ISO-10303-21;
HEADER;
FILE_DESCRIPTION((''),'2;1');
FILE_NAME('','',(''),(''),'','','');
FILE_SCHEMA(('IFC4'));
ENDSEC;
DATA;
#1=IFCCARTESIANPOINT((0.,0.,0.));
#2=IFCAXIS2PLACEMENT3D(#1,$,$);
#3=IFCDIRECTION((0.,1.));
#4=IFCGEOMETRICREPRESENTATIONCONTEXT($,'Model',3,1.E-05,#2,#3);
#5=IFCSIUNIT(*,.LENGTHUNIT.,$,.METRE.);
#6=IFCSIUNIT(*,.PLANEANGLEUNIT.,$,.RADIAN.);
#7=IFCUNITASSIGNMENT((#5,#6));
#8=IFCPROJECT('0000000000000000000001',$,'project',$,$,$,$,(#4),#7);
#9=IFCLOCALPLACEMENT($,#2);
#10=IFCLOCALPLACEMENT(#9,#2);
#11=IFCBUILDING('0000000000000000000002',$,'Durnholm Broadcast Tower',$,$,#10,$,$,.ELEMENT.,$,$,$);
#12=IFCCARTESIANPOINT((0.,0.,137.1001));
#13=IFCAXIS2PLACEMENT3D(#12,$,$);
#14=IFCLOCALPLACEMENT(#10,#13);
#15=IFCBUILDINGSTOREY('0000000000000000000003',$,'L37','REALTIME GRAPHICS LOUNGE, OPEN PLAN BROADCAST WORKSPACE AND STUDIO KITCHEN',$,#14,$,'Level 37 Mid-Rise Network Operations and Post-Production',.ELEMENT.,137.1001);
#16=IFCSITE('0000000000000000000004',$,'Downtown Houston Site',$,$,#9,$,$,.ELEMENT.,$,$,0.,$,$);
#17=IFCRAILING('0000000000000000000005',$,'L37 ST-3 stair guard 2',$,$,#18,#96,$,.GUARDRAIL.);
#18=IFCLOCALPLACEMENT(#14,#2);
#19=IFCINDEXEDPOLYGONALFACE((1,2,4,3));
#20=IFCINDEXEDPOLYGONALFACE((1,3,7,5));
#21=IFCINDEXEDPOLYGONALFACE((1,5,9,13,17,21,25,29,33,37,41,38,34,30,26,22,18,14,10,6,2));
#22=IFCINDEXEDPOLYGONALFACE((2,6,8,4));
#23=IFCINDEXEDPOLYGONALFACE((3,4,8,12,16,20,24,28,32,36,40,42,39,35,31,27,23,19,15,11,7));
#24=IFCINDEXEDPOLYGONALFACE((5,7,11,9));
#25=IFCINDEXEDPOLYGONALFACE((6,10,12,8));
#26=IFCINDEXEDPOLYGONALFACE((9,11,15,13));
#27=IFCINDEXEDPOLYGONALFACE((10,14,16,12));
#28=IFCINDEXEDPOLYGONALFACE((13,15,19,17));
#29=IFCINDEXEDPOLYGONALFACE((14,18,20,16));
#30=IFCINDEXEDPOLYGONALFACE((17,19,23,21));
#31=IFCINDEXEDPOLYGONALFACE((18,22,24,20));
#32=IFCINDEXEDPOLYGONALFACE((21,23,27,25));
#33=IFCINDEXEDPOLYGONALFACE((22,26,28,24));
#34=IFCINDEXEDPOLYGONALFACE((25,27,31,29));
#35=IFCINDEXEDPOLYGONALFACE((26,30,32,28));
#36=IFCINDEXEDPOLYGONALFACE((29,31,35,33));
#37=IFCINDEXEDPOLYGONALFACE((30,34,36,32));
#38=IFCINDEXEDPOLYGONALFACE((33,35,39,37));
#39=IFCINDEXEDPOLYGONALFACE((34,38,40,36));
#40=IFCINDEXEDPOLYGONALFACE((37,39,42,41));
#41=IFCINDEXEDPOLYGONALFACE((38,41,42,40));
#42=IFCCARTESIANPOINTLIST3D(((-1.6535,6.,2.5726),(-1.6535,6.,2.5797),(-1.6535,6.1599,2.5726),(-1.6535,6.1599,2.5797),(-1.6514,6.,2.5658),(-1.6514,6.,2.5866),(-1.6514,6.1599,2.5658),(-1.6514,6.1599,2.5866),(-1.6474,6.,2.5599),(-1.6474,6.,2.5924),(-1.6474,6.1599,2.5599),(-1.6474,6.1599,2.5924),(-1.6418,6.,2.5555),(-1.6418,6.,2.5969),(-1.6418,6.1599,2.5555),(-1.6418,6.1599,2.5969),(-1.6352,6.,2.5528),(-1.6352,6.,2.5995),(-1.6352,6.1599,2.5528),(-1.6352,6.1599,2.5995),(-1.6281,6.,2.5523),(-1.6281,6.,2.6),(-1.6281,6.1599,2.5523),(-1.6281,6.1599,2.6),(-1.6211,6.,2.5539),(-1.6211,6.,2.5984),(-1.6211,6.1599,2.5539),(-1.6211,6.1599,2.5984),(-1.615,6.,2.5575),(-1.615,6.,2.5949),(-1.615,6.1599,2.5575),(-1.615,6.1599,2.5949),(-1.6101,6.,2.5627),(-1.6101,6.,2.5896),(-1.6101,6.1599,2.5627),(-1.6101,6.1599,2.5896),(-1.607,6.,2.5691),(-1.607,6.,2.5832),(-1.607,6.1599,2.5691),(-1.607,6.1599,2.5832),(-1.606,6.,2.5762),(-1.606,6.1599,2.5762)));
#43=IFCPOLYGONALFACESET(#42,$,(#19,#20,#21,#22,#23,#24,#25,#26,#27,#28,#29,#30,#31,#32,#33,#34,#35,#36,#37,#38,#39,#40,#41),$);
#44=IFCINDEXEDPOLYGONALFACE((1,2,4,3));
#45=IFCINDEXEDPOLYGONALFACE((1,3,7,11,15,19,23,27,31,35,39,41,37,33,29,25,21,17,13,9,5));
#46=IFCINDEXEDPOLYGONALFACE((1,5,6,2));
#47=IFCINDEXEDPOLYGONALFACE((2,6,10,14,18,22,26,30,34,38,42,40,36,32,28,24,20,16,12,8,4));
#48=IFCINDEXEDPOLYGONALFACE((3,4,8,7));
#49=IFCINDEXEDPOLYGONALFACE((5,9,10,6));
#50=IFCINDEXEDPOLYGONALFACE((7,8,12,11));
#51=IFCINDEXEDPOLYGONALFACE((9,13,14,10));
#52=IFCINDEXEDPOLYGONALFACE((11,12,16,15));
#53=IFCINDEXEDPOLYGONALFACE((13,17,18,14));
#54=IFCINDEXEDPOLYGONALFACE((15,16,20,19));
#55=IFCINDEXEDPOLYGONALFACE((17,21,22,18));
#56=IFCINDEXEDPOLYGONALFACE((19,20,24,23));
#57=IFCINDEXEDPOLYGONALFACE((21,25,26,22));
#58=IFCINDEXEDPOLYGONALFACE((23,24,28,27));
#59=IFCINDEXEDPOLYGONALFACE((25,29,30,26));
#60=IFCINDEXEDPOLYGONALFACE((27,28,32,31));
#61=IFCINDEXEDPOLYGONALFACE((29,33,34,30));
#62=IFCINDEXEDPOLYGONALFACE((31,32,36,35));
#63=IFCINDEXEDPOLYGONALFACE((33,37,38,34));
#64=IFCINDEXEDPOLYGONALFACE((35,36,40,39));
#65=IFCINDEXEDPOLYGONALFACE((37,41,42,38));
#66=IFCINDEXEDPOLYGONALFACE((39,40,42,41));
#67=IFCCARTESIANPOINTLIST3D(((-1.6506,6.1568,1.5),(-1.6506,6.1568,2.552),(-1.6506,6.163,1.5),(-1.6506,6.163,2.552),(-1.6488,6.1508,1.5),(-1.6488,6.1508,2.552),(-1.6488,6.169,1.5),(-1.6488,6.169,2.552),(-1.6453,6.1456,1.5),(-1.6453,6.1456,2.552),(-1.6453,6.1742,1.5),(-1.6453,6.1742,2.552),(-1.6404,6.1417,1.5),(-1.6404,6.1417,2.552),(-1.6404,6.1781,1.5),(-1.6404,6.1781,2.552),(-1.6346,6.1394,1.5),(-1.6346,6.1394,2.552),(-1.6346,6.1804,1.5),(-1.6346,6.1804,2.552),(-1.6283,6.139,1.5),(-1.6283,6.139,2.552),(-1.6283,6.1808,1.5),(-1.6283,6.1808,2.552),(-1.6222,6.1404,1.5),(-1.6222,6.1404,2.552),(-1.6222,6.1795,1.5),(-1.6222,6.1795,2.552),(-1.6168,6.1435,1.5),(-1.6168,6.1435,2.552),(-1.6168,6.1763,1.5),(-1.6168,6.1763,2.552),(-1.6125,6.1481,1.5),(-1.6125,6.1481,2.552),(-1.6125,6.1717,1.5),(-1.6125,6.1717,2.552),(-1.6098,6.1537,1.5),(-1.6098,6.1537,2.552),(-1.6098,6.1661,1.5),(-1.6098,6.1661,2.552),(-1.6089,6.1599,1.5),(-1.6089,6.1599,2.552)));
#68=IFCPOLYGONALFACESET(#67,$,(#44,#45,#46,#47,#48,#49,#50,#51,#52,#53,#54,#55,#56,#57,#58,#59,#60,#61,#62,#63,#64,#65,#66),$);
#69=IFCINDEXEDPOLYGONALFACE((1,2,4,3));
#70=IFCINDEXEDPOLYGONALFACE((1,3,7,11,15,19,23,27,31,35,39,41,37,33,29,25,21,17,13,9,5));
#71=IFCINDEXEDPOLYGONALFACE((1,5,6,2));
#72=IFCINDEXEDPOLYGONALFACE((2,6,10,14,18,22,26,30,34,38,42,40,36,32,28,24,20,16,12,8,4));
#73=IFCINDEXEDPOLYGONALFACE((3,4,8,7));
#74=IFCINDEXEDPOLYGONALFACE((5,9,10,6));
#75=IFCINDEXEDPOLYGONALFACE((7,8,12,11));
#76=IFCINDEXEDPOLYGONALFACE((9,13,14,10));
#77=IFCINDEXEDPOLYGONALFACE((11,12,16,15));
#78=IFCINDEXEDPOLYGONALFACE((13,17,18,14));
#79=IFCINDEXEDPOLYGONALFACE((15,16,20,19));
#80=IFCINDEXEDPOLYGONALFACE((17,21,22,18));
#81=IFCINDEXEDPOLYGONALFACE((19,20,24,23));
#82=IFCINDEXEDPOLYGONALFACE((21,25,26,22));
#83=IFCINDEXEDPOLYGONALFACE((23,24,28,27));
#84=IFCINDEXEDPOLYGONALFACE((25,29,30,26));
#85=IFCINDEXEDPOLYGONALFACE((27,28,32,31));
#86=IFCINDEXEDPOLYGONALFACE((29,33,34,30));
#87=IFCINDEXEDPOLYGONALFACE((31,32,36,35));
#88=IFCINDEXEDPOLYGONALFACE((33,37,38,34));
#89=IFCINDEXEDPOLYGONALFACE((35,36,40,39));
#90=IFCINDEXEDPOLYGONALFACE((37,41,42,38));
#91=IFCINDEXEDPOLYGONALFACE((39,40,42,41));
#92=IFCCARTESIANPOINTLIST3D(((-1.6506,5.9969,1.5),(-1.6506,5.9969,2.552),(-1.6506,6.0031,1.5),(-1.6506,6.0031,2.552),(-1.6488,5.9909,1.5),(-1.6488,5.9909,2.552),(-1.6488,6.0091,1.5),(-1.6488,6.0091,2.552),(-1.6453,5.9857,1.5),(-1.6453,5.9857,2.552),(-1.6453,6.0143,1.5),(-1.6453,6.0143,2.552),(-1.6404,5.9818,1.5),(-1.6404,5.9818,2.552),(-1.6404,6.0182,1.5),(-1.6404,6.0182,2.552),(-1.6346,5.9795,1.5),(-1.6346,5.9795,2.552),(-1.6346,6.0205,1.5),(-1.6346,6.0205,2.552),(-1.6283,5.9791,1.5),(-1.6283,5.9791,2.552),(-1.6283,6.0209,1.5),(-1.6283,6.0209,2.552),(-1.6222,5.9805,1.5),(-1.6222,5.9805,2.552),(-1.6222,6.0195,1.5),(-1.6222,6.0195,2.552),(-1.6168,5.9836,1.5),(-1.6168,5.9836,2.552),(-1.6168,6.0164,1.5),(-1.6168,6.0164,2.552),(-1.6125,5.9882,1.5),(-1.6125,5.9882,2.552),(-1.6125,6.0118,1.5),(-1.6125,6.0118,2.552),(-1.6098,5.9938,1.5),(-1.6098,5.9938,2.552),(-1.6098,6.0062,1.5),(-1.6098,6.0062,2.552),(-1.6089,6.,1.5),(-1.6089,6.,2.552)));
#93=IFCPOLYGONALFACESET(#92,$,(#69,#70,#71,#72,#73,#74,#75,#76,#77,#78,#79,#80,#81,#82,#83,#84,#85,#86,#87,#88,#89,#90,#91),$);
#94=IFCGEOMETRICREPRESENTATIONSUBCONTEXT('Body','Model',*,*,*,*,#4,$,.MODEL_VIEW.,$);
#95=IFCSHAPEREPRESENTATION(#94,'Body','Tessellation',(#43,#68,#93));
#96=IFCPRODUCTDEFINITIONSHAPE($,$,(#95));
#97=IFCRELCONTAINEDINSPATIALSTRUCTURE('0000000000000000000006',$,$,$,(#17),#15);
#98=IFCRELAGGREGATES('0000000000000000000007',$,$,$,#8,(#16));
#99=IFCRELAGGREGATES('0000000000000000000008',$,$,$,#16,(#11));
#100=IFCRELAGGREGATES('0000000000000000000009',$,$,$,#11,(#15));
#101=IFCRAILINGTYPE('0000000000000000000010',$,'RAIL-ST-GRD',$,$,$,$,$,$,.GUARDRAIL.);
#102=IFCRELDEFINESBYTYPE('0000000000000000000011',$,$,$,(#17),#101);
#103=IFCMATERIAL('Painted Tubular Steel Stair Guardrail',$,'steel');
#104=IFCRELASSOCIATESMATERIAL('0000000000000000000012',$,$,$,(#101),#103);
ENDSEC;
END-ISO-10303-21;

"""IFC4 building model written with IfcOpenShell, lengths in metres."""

from ifc_helpers import new_model, si_unit, direction, frame, origin, origin_2d, place, context, subcontext, project, spatial, circle, extrude, material, type_object, element, save


model = new_model("IFC4")

# Units and contexts
model_context = context("Model", 3, precision=1e-05, world=origin(), true_north=direction((0.0, 1.0)))
body_context = subcontext(model_context, "Body", "Model", "MODEL_VIEW")
ifc_project = project(units=[si_unit("LENGTHUNIT", "METRE"), si_unit("PLANEANGLEUNIT", "RADIAN")], contexts=[model_context])

# Site, building, storey
site_placement = place(None, origin())
site = spatial("IfcSite", under=ifc_project, at=site_placement, Name="Downtown Houston Site", CompositionType="ELEMENT", RefElevation=0.0)
building_placement = place(site_placement, origin())
building = spatial("IfcBuilding", under=site, at=building_placement, Name="Durnholm Broadcast Tower", CompositionType="ELEMENT")
storey_placement = place(building_placement, frame((0.0, 0.0, 137.1001)))
storey = spatial("IfcBuildingStorey", under=building, at=storey_placement, Name="L37", Description="REALTIME GRAPHICS LOUNGE, OPEN PLAN BROADCAST WORKSPACE AND STUDIO KITCHEN", LongName="Level 37 Mid-Rise Network Operations and Post-Production", CompositionType="ELEMENT", Elevation=137.1001)

# Railing
ifc_material_1 = material(Name="Painted Tubular Steel Stair Guardrail", Category="steel")
railing_type_1 = type_object("IfcRailingType", Name="RAIL-ST-GRD", PredefinedType="GUARDRAIL", material=ifc_material_1)
railing_1_placement = place(storey_placement, frame((-1.6299, 6.1599, 1.5)))
element("IfcRailing", 1, at=railing_1_placement, inside=storey, type_object=railing_type_1, Name="L37 ST-3 stair guard 2", PredefinedType="GUARDRAIL", context=body_context, shape_type="SweptSolid", body=[
    extrude(circle(Radius=0.0239, at=origin_2d()), frame((0.0, 0.0, 1.0762), z_axis=(0.0, -1.0, 0.0), x_axis=(1.0, 0.0, 0.0)), (0.0, 0.0, 1.0), 0.1599),
    extrude(circle(Radius=0.021, at=origin_2d()), origin(), (0.0, 0.0, 1.0), 1.052),
    extrude(circle(Radius=0.021, at=origin_2d()), frame((0.0, -0.1599, 0.0)), (0.0, 0.0, 1.0), 1.052),
])

save(model, "model.ifc")
